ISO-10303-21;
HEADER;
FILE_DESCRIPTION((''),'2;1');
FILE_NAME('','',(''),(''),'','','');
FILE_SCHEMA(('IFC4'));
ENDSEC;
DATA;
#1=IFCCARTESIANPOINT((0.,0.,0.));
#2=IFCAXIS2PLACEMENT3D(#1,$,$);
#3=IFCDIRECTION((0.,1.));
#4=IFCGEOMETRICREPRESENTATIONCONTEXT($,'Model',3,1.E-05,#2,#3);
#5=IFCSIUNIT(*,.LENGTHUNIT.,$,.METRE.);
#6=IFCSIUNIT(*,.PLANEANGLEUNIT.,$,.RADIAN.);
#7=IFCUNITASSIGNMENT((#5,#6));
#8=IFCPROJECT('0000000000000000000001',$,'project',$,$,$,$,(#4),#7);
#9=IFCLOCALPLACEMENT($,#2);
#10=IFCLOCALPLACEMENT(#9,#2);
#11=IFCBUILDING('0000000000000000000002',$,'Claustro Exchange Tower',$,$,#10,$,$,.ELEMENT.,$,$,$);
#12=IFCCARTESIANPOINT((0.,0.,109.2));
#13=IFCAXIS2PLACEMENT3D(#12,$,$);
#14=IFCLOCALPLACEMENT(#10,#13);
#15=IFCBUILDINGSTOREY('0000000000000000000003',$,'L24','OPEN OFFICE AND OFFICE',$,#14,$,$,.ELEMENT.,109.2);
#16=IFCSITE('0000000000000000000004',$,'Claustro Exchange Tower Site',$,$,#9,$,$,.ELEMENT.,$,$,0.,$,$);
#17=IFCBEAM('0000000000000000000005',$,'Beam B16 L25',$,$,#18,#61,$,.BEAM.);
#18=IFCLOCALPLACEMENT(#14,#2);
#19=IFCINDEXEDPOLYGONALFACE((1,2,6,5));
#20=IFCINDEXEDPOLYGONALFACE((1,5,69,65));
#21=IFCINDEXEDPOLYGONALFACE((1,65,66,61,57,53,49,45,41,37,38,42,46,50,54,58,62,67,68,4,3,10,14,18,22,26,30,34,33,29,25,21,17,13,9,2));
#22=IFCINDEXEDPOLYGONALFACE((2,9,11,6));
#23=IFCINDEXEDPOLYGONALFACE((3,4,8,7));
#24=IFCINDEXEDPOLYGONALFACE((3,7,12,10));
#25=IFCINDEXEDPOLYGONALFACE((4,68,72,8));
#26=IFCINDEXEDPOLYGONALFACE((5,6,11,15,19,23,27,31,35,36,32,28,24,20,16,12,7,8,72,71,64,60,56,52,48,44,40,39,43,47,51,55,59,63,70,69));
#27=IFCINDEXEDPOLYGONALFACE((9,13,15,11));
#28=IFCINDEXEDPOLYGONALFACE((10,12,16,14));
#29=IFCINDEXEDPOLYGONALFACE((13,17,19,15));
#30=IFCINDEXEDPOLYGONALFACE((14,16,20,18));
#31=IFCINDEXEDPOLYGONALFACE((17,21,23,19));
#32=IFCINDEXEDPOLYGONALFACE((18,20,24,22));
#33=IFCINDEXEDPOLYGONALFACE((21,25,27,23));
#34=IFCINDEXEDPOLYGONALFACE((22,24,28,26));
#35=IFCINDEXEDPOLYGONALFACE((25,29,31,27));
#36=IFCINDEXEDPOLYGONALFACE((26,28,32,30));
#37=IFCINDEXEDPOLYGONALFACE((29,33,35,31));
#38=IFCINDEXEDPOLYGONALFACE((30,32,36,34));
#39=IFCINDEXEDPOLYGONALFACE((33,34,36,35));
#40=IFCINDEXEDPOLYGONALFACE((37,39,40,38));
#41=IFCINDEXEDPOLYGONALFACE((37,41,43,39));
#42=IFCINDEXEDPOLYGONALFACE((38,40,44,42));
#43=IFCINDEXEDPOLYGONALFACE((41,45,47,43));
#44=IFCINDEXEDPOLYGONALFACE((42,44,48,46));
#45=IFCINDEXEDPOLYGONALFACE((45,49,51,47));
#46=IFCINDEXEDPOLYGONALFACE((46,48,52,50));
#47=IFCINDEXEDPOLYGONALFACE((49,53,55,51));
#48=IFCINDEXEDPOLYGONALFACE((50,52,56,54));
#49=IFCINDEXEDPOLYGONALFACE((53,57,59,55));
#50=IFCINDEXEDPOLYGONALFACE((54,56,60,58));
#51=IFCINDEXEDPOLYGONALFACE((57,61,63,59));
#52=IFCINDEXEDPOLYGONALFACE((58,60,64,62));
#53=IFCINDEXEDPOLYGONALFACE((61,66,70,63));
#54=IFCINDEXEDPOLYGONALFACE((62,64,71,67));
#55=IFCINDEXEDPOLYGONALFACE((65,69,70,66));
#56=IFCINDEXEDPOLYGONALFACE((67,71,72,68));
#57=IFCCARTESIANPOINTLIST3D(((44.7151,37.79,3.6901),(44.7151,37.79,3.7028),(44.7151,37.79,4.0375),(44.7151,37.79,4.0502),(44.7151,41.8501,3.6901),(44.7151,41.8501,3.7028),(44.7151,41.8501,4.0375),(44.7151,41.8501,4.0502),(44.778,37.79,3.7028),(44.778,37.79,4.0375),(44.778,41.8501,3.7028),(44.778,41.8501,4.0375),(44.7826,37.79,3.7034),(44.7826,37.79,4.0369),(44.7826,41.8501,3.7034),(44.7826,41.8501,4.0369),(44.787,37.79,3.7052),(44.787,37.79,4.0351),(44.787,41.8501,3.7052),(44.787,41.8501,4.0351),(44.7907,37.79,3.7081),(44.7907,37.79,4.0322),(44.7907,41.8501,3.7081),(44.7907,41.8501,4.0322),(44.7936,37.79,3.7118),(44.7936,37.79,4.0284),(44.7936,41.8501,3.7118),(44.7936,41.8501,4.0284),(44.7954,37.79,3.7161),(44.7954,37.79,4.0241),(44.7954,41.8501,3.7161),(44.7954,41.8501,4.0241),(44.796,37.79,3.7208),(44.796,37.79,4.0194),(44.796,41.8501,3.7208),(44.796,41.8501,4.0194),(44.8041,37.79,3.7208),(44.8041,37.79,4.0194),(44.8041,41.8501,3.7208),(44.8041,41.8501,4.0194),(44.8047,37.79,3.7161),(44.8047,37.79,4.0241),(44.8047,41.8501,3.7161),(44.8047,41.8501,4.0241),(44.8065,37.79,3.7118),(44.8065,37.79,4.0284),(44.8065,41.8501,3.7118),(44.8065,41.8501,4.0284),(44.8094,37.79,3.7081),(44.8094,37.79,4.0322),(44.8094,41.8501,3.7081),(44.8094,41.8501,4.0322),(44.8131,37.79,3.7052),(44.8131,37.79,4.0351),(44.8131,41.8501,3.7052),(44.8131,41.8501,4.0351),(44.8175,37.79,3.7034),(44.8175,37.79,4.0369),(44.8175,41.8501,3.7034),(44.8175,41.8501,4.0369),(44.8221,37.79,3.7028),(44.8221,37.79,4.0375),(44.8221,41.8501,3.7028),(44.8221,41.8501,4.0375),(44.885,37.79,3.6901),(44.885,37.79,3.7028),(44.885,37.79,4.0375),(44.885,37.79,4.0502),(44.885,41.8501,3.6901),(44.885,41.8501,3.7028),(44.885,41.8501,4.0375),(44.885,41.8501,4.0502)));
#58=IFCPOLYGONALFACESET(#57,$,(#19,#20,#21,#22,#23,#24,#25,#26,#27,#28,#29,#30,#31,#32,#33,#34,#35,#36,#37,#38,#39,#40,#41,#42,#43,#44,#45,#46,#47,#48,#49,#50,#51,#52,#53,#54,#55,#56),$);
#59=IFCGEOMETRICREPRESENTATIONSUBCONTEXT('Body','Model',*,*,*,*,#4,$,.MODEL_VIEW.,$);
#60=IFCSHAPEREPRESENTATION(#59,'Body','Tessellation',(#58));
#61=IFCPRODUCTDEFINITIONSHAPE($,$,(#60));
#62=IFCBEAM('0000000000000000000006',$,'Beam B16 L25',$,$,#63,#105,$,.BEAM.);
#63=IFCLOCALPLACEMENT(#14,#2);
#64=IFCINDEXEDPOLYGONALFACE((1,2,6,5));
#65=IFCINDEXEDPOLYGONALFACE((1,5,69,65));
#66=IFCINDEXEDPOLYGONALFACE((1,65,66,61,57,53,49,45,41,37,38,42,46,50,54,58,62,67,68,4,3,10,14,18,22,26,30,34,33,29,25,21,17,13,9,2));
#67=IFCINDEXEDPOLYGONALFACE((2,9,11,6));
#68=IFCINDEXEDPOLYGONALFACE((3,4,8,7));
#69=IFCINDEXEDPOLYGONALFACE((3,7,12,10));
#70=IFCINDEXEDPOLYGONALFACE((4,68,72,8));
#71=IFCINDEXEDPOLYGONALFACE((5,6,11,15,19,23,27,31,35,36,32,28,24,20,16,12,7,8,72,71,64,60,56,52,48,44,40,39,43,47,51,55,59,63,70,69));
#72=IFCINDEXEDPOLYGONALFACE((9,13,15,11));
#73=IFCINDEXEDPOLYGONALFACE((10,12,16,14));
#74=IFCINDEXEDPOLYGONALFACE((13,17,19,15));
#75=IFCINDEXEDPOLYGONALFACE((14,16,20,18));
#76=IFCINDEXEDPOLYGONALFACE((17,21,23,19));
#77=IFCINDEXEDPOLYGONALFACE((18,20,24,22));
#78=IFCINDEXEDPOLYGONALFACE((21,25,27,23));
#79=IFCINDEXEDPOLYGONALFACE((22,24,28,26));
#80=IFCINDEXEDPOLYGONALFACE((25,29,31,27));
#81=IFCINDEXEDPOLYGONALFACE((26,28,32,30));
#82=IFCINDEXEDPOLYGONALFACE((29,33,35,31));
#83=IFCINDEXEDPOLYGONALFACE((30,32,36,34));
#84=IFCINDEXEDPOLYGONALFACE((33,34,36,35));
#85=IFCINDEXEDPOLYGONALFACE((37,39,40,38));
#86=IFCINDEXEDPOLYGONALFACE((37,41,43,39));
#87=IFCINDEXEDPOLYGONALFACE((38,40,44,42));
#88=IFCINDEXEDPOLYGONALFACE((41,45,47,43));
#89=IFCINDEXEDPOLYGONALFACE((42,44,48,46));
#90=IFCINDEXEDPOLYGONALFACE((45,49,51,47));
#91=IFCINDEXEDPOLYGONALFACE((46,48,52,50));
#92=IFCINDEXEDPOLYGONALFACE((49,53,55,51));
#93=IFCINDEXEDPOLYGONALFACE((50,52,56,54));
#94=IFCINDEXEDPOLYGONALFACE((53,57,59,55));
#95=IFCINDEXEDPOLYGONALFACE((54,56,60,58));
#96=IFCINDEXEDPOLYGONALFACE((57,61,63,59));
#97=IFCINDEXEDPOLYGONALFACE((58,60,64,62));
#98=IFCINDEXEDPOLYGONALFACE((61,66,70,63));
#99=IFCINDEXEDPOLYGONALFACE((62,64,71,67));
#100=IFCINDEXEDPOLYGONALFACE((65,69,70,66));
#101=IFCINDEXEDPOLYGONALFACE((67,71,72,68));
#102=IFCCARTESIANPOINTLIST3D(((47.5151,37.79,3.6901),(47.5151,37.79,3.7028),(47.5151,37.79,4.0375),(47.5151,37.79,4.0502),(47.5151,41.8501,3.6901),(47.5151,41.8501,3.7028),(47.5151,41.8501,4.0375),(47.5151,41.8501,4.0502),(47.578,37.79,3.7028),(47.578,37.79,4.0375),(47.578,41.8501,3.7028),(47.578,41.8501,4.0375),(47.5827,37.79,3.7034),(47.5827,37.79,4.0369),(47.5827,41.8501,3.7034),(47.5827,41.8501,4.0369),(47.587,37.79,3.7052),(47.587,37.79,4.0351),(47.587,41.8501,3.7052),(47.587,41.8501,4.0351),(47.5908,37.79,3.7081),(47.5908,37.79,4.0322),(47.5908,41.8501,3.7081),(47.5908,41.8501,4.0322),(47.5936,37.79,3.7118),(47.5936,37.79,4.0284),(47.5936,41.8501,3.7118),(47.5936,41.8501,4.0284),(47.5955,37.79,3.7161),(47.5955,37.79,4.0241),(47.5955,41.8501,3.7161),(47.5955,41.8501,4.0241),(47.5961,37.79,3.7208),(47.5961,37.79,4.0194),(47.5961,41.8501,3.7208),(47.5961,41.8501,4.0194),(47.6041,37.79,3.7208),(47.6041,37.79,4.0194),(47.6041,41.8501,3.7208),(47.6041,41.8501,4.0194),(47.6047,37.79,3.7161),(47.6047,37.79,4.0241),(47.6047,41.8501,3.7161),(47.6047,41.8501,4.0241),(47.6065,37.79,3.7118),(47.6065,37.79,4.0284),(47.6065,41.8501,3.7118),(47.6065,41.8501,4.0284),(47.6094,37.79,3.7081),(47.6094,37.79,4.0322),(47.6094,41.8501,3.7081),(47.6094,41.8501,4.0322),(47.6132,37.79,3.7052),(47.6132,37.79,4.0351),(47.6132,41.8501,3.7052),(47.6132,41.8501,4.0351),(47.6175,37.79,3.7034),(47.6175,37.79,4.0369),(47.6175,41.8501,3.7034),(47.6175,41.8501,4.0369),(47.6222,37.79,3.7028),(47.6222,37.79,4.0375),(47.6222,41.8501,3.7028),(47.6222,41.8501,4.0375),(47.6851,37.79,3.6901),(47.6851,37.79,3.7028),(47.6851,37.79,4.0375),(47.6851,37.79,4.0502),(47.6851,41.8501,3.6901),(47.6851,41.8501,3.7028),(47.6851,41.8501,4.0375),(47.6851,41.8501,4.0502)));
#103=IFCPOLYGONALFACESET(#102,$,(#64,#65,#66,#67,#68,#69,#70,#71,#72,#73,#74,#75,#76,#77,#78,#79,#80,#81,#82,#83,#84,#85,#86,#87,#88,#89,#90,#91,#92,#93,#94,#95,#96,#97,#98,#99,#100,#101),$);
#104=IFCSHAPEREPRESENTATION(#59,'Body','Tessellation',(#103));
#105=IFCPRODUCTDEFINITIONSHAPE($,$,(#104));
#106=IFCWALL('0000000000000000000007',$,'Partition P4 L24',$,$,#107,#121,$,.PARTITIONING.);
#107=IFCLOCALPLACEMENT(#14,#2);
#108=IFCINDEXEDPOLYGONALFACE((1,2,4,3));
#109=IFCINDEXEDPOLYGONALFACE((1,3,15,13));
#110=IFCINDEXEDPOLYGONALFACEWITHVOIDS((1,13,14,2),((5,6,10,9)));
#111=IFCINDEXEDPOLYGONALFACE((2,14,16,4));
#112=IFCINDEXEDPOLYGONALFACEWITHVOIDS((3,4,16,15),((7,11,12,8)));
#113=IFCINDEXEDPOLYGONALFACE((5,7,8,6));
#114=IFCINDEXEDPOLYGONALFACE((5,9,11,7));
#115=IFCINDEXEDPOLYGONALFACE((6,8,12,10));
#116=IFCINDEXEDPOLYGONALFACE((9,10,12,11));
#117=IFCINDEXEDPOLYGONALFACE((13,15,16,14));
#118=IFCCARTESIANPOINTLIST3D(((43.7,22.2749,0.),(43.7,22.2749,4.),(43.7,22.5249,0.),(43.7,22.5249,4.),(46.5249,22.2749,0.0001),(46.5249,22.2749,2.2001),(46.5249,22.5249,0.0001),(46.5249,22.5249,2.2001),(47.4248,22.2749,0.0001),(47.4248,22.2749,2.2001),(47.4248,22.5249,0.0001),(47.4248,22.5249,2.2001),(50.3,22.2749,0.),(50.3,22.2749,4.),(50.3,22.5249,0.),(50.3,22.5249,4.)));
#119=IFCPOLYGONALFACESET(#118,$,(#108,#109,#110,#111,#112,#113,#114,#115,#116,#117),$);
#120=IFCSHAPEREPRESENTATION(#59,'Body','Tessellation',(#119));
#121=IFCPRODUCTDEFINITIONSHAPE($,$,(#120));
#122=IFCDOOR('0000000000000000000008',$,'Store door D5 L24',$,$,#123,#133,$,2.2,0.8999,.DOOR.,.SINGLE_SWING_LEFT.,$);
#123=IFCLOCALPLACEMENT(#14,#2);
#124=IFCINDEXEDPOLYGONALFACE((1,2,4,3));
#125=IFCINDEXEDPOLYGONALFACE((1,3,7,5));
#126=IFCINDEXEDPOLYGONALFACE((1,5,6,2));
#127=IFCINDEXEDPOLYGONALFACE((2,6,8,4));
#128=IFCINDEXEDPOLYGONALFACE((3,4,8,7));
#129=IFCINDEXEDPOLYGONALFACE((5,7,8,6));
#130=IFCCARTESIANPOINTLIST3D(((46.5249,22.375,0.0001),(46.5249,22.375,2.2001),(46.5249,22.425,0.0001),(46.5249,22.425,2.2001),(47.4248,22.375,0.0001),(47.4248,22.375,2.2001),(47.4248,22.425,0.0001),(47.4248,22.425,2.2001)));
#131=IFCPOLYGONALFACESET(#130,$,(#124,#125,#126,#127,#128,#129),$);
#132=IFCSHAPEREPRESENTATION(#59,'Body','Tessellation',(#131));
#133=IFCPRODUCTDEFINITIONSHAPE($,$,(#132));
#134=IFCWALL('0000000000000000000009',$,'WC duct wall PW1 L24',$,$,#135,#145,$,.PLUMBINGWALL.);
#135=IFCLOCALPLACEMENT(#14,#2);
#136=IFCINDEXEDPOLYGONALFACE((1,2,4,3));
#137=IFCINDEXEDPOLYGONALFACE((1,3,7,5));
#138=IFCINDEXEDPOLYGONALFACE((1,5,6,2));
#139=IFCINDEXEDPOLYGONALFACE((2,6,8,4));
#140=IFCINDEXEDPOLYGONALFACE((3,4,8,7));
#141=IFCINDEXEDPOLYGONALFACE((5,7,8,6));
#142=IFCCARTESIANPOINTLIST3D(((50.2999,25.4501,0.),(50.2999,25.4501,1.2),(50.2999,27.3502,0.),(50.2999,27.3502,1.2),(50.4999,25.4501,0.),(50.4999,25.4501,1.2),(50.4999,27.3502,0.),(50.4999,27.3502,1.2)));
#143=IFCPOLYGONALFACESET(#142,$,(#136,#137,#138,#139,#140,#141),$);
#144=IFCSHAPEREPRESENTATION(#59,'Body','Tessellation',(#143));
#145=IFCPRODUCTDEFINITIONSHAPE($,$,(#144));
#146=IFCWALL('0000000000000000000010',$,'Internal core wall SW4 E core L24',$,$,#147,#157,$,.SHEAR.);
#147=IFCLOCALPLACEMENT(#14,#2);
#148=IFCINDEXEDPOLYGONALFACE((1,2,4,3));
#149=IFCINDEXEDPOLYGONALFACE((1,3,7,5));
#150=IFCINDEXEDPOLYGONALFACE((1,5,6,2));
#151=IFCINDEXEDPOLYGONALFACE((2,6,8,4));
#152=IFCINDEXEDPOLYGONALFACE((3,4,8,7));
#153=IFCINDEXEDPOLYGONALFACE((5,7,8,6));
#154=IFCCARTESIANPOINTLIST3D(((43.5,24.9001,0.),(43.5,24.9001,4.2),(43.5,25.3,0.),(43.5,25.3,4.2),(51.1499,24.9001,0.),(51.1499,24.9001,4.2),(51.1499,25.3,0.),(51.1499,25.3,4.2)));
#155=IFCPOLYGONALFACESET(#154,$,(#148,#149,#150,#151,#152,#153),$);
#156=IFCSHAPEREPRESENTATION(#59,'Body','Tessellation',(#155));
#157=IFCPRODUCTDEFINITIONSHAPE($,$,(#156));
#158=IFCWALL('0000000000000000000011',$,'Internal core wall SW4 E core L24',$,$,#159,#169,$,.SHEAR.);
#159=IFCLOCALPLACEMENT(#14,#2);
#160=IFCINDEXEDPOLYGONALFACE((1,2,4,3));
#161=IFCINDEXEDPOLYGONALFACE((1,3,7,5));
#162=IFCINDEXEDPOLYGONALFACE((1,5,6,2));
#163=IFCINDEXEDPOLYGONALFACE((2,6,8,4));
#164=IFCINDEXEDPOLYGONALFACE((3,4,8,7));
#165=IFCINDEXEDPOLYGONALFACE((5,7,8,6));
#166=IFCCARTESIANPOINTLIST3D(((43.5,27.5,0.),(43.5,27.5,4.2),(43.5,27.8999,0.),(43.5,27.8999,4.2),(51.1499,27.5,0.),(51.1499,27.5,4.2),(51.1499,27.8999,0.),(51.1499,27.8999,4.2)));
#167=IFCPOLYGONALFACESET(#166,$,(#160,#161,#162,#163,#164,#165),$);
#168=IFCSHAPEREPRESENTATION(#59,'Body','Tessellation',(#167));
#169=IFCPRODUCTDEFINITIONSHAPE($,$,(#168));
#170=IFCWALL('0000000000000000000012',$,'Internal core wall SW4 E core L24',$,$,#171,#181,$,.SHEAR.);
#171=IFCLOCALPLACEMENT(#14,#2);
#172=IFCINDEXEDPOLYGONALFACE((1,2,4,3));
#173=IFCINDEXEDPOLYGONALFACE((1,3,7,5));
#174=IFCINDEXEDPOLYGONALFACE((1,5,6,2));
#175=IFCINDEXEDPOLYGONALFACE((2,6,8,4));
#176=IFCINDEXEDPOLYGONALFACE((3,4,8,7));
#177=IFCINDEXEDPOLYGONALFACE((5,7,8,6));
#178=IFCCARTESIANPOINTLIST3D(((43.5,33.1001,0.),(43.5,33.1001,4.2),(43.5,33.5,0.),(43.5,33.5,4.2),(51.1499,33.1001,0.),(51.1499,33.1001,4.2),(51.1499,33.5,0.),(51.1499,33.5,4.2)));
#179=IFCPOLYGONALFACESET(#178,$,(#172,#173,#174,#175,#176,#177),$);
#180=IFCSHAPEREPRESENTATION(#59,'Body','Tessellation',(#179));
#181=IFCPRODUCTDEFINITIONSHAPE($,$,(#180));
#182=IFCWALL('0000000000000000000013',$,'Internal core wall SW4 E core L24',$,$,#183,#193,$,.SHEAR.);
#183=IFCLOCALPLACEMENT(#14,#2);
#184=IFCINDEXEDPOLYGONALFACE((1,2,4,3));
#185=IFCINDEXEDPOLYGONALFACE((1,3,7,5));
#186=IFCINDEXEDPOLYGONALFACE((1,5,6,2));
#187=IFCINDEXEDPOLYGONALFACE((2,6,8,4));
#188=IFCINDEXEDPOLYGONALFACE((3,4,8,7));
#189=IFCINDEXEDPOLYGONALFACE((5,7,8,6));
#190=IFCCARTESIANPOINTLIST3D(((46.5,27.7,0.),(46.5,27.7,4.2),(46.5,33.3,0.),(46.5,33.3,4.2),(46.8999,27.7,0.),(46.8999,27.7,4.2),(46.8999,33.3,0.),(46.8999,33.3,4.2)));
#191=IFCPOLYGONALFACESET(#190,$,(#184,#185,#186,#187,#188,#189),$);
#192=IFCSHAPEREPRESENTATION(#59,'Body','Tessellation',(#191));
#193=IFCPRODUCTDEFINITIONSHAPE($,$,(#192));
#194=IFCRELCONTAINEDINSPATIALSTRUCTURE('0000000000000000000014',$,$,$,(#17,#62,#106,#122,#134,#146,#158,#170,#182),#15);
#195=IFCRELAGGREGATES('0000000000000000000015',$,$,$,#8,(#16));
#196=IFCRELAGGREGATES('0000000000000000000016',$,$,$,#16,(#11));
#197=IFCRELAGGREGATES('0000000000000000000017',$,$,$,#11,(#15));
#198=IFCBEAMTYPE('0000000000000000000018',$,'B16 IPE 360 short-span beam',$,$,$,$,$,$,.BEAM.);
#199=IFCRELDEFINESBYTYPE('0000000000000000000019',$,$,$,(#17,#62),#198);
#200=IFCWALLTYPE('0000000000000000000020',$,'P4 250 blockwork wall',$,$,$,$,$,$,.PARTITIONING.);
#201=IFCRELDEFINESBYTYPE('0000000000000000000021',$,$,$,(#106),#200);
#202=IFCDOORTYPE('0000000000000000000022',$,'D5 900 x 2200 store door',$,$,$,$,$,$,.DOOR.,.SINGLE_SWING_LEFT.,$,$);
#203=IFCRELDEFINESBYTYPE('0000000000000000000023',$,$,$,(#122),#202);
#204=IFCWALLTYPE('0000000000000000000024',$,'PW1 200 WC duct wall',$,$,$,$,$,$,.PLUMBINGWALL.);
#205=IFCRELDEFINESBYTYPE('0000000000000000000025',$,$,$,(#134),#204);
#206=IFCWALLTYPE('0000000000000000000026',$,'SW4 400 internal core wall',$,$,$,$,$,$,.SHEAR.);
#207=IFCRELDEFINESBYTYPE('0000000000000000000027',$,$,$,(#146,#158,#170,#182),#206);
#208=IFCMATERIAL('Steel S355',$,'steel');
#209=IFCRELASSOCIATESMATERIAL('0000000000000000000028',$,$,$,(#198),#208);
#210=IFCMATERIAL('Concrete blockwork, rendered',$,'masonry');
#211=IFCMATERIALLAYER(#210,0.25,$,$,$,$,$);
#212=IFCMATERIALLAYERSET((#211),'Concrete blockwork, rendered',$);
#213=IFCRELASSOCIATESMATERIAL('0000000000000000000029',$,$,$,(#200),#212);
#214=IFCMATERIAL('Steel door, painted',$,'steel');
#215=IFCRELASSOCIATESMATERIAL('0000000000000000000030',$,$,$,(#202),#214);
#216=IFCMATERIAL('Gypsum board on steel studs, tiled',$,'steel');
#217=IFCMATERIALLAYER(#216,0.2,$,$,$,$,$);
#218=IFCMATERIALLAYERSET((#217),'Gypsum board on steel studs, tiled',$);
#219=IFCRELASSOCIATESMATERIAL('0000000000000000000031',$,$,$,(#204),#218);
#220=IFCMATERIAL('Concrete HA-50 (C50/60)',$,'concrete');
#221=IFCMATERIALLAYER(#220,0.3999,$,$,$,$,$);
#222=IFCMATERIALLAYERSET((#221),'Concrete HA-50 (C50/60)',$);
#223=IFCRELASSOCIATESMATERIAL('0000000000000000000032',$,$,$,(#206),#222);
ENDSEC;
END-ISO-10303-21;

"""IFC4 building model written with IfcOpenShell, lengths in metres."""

from ifc_helpers import new_model, si_unit, direction, frame, frame_2d, origin, origin_2d, place, context, subcontext, project, spatial, rectangle, i_section, extrude, material, layer, layer_set, material_profile, profile_set, type_object, element, fill, save


model = new_model("IFC4")

# Units and contexts
model_context = context("Model", 3, precision=1e-05, world=origin(), true_north=direction((0.0, 1.0)))
body_context = subcontext(model_context, "Body", "Model", "MODEL_VIEW")
ifc_project = project(units=[si_unit("LENGTHUNIT", "METRE"), si_unit("PLANEANGLEUNIT", "RADIAN")], contexts=[model_context])

# Site, building, storey
site_placement = place(None, origin())
site = spatial("IfcSite", under=ifc_project, at=site_placement, Name="Claustro Exchange Tower Site", CompositionType="ELEMENT", RefElevation=0.0)
building_placement = place(site_placement, origin())
building = spatial("IfcBuilding", under=site, at=building_placement, Name="Claustro Exchange Tower", CompositionType="ELEMENT")
storey_placement = place(building_placement, frame((0.0, 0.0, 109.2)))
storey = spatial("IfcBuildingStorey", under=building, at=storey_placement, Name="L24", Description="OPEN OFFICE AND OFFICE", CompositionType="ELEMENT", Elevation=109.2)

# Beams
ifc_material_1 = material(Name="Steel S355", Category="steel")
ifc_material_profile = material_profile(ifc_material_1, i_section(OverallWidth=0.1699, OverallDepth=0.3601, WebThickness=0.0081, FlangeThickness=0.0127, FilletRadius=0.0181, at=origin_2d()), Name="IPE 360")
ifc_profile_set = profile_set([ifc_material_profile], Name="Steel S355")
beam_type = type_object("IfcBeamType", Name="B16 IPE 360 short-span beam", PredefinedType="BEAM", material=ifc_profile_set)
for number, where, z_axis, x_axis, name in (
    (1, (44.8, 37.79, 3.8701), (0.0, 1.0, 0.0), (-1.0, 0.0, 0.0), "Beam B16 L25"),
    (2, (47.6001, 37.79, 3.8701), (0.0, 1.0, 0.0), (-1.0, 0.0, 0.0), "Beam B16 L25"),
):
    element("IfcBeam", number, at=place(storey_placement, frame(where, z_axis=z_axis, x_axis=x_axis)), inside=storey, type_object=beam_type, Name=name, PredefinedType="BEAM", context=body_context, shape_type="SweptSolid", body=[
        extrude(i_section(OverallWidth=0.1699, OverallDepth=0.3601, WebThickness=0.0081, FlangeThickness=0.0127, FilletRadius=0.0181, at=origin_2d()), origin(), (0.0, 0.0, 1.0), 4.0601),
    ])

# Wall, opening, door
ifc_material_2 = material(Name="Concrete blockwork, rendered", Category="masonry")
ifc_layer_1 = layer(ifc_material_2, 0.25)
ifc_layer_set_1 = layer_set([ifc_layer_1], Name="Concrete blockwork, rendered")
wall_type_1 = type_object("IfcWallType", Name="P4 250 blockwork wall", PredefinedType="PARTITIONING", material=ifc_layer_set_1)
wall_1_placement = place(storey_placement, frame((43.7, 22.3999, 0.0), z_axis=(0.0, 0.0, 1.0), x_axis=(1.0, 0.0, 0.0)))
wall_1 = element("IfcWall", 3, at=wall_1_placement, inside=storey, type_object=wall_type_1, Name="Partition P4 L24", PredefinedType="PARTITIONING", context=body_context, shape_type="SweptSolid", body=[
    extrude(rectangle(XDim=6.6001, YDim=0.25, at=frame_2d((3.3, 0.0))), origin(), (0.0, 0.0, 1.0), 4.0),
])
opening_placement = place(wall_1_placement, frame((2.825, 0.0, 0.0)))
opening = element("IfcOpeningElement", 4, at=opening_placement, cuts=wall_1, PredefinedType="OPENING", context=body_context, shape_type="SweptSolid", body=[
    extrude(rectangle(XDim=0.8999, YDim=2.2, at=frame_2d((0.45, 1.1001))), frame((0.0, 0.135, 0.0), z_axis=(0.0, -1.0, 0.0), x_axis=(1.0, 0.0, 0.0)), (0.0, 0.0, 1.0), 0.27),
])
ifc_material_3 = material(Name="Steel door, painted", Category="steel")
door_type = type_object("IfcDoorType", Name="D5 900 x 2200 store door", OperationType="SINGLE_SWING_LEFT", PredefinedType="DOOR", material=ifc_material_3)
door_placement = place(opening_placement, frame((0.8999, 0.0, 0.0), z_axis=(0.0, 0.0, 1.0), x_axis=(-1.0, 0.0, 0.0)))
door = element("IfcDoor", 5, at=door_placement, inside=storey, type_object=door_type, Name="Store door D5 L24", OperationType="SINGLE_SWING_LEFT", OverallHeight=2.2, OverallWidth=0.8999, PredefinedType="DOOR", context=body_context, shape_type="SweptSolid", body=[
    extrude(rectangle(XDim=0.8999, YDim=2.2, at=frame_2d((0.45, 1.1001))), frame((0.0, 0.0249, 0.0), z_axis=(0.0, -1.0, 0.0), x_axis=(1.0, 0.0, 0.0)), (0.0, 0.0, 1.0), 0.05),
])
fill(opening, door)

# Walls
ifc_material_4 = material(Name="Gypsum board on steel studs, tiled", Category="steel")
ifc_layer_2 = layer(ifc_material_4, 0.2)
ifc_layer_set_2 = layer_set([ifc_layer_2], Name="Gypsum board on steel studs, tiled")
wall_type_2 = type_object("IfcWallType", Name="PW1 200 WC duct wall", PredefinedType="PLUMBINGWALL", material=ifc_layer_set_2)
wall_2_placement = place(storey_placement, frame((50.3999, 25.45, 0.0), z_axis=(0.0, 0.0, 1.0), x_axis=(0.0, 1.0, 0.0)))
element("IfcWall", 6, at=wall_2_placement, inside=storey, type_object=wall_type_2, Name="WC duct wall PW1 L24", PredefinedType="PLUMBINGWALL", context=body_context, shape_type="SweptSolid", body=[
    extrude(rectangle(XDim=1.9001, YDim=0.2, at=frame_2d((0.9502, 0.0))), origin(), (0.0, 0.0, 1.0), 1.2),
])
ifc_material_5 = material(Name="Concrete HA-50 (C50/60)", Category="concrete")
ifc_layer_3 = layer(ifc_material_5, 0.3999)
ifc_layer_set_3 = layer_set([ifc_layer_3], Name="Concrete HA-50 (C50/60)")
wall_type_3 = type_object("IfcWallType", Name="SW4 400 internal core wall", PredefinedType="SHEAR", material=ifc_layer_set_3)
for number, where, z_axis, x_axis, name in (
    (7, (51.1499, 25.1001, 0.0), (0.0, 0.0, 1.0), (-1.0, 0.0, 0.0), "Internal core wall SW4 E core L24"),
    (8, (51.1499, 27.7, 0.0), (0.0, 0.0, 1.0), (-1.0, 0.0, 0.0), "Internal core wall SW4 E core L24"),
    (9, (51.1499, 33.3, 0.0), (0.0, 0.0, 1.0), (-1.0, 0.0, 0.0), "Internal core wall SW4 E core L24"),
):
    element("IfcWall", number, at=place(storey_placement, frame(where, z_axis=z_axis, x_axis=x_axis)), inside=storey, type_object=wall_type_3, Name=name, PredefinedType="SHEAR", context=body_context, shape_type="SweptSolid", body=[
        extrude(rectangle(XDim=7.6499, YDim=0.3999, at=frame_2d((3.825, 0.0))), origin(), (0.0, 0.0, 1.0), 4.2),
    ])
wall_3_placement = place(storey_placement, frame((46.7, 27.7, 0.0), z_axis=(0.0, 0.0, 1.0), x_axis=(0.0, 1.0, 0.0)))
element("IfcWall", 10, at=wall_3_placement, inside=storey, type_object=wall_type_3, Name="Internal core wall SW4 E core L24", PredefinedType="SHEAR", context=body_context, shape_type="SweptSolid", body=[
    extrude(rectangle(XDim=5.6001, YDim=0.3999, at=frame_2d((2.8, 0.0))), origin(), (0.0, 0.0, 1.0), 4.2),
])

save(model, "model.ifc")
